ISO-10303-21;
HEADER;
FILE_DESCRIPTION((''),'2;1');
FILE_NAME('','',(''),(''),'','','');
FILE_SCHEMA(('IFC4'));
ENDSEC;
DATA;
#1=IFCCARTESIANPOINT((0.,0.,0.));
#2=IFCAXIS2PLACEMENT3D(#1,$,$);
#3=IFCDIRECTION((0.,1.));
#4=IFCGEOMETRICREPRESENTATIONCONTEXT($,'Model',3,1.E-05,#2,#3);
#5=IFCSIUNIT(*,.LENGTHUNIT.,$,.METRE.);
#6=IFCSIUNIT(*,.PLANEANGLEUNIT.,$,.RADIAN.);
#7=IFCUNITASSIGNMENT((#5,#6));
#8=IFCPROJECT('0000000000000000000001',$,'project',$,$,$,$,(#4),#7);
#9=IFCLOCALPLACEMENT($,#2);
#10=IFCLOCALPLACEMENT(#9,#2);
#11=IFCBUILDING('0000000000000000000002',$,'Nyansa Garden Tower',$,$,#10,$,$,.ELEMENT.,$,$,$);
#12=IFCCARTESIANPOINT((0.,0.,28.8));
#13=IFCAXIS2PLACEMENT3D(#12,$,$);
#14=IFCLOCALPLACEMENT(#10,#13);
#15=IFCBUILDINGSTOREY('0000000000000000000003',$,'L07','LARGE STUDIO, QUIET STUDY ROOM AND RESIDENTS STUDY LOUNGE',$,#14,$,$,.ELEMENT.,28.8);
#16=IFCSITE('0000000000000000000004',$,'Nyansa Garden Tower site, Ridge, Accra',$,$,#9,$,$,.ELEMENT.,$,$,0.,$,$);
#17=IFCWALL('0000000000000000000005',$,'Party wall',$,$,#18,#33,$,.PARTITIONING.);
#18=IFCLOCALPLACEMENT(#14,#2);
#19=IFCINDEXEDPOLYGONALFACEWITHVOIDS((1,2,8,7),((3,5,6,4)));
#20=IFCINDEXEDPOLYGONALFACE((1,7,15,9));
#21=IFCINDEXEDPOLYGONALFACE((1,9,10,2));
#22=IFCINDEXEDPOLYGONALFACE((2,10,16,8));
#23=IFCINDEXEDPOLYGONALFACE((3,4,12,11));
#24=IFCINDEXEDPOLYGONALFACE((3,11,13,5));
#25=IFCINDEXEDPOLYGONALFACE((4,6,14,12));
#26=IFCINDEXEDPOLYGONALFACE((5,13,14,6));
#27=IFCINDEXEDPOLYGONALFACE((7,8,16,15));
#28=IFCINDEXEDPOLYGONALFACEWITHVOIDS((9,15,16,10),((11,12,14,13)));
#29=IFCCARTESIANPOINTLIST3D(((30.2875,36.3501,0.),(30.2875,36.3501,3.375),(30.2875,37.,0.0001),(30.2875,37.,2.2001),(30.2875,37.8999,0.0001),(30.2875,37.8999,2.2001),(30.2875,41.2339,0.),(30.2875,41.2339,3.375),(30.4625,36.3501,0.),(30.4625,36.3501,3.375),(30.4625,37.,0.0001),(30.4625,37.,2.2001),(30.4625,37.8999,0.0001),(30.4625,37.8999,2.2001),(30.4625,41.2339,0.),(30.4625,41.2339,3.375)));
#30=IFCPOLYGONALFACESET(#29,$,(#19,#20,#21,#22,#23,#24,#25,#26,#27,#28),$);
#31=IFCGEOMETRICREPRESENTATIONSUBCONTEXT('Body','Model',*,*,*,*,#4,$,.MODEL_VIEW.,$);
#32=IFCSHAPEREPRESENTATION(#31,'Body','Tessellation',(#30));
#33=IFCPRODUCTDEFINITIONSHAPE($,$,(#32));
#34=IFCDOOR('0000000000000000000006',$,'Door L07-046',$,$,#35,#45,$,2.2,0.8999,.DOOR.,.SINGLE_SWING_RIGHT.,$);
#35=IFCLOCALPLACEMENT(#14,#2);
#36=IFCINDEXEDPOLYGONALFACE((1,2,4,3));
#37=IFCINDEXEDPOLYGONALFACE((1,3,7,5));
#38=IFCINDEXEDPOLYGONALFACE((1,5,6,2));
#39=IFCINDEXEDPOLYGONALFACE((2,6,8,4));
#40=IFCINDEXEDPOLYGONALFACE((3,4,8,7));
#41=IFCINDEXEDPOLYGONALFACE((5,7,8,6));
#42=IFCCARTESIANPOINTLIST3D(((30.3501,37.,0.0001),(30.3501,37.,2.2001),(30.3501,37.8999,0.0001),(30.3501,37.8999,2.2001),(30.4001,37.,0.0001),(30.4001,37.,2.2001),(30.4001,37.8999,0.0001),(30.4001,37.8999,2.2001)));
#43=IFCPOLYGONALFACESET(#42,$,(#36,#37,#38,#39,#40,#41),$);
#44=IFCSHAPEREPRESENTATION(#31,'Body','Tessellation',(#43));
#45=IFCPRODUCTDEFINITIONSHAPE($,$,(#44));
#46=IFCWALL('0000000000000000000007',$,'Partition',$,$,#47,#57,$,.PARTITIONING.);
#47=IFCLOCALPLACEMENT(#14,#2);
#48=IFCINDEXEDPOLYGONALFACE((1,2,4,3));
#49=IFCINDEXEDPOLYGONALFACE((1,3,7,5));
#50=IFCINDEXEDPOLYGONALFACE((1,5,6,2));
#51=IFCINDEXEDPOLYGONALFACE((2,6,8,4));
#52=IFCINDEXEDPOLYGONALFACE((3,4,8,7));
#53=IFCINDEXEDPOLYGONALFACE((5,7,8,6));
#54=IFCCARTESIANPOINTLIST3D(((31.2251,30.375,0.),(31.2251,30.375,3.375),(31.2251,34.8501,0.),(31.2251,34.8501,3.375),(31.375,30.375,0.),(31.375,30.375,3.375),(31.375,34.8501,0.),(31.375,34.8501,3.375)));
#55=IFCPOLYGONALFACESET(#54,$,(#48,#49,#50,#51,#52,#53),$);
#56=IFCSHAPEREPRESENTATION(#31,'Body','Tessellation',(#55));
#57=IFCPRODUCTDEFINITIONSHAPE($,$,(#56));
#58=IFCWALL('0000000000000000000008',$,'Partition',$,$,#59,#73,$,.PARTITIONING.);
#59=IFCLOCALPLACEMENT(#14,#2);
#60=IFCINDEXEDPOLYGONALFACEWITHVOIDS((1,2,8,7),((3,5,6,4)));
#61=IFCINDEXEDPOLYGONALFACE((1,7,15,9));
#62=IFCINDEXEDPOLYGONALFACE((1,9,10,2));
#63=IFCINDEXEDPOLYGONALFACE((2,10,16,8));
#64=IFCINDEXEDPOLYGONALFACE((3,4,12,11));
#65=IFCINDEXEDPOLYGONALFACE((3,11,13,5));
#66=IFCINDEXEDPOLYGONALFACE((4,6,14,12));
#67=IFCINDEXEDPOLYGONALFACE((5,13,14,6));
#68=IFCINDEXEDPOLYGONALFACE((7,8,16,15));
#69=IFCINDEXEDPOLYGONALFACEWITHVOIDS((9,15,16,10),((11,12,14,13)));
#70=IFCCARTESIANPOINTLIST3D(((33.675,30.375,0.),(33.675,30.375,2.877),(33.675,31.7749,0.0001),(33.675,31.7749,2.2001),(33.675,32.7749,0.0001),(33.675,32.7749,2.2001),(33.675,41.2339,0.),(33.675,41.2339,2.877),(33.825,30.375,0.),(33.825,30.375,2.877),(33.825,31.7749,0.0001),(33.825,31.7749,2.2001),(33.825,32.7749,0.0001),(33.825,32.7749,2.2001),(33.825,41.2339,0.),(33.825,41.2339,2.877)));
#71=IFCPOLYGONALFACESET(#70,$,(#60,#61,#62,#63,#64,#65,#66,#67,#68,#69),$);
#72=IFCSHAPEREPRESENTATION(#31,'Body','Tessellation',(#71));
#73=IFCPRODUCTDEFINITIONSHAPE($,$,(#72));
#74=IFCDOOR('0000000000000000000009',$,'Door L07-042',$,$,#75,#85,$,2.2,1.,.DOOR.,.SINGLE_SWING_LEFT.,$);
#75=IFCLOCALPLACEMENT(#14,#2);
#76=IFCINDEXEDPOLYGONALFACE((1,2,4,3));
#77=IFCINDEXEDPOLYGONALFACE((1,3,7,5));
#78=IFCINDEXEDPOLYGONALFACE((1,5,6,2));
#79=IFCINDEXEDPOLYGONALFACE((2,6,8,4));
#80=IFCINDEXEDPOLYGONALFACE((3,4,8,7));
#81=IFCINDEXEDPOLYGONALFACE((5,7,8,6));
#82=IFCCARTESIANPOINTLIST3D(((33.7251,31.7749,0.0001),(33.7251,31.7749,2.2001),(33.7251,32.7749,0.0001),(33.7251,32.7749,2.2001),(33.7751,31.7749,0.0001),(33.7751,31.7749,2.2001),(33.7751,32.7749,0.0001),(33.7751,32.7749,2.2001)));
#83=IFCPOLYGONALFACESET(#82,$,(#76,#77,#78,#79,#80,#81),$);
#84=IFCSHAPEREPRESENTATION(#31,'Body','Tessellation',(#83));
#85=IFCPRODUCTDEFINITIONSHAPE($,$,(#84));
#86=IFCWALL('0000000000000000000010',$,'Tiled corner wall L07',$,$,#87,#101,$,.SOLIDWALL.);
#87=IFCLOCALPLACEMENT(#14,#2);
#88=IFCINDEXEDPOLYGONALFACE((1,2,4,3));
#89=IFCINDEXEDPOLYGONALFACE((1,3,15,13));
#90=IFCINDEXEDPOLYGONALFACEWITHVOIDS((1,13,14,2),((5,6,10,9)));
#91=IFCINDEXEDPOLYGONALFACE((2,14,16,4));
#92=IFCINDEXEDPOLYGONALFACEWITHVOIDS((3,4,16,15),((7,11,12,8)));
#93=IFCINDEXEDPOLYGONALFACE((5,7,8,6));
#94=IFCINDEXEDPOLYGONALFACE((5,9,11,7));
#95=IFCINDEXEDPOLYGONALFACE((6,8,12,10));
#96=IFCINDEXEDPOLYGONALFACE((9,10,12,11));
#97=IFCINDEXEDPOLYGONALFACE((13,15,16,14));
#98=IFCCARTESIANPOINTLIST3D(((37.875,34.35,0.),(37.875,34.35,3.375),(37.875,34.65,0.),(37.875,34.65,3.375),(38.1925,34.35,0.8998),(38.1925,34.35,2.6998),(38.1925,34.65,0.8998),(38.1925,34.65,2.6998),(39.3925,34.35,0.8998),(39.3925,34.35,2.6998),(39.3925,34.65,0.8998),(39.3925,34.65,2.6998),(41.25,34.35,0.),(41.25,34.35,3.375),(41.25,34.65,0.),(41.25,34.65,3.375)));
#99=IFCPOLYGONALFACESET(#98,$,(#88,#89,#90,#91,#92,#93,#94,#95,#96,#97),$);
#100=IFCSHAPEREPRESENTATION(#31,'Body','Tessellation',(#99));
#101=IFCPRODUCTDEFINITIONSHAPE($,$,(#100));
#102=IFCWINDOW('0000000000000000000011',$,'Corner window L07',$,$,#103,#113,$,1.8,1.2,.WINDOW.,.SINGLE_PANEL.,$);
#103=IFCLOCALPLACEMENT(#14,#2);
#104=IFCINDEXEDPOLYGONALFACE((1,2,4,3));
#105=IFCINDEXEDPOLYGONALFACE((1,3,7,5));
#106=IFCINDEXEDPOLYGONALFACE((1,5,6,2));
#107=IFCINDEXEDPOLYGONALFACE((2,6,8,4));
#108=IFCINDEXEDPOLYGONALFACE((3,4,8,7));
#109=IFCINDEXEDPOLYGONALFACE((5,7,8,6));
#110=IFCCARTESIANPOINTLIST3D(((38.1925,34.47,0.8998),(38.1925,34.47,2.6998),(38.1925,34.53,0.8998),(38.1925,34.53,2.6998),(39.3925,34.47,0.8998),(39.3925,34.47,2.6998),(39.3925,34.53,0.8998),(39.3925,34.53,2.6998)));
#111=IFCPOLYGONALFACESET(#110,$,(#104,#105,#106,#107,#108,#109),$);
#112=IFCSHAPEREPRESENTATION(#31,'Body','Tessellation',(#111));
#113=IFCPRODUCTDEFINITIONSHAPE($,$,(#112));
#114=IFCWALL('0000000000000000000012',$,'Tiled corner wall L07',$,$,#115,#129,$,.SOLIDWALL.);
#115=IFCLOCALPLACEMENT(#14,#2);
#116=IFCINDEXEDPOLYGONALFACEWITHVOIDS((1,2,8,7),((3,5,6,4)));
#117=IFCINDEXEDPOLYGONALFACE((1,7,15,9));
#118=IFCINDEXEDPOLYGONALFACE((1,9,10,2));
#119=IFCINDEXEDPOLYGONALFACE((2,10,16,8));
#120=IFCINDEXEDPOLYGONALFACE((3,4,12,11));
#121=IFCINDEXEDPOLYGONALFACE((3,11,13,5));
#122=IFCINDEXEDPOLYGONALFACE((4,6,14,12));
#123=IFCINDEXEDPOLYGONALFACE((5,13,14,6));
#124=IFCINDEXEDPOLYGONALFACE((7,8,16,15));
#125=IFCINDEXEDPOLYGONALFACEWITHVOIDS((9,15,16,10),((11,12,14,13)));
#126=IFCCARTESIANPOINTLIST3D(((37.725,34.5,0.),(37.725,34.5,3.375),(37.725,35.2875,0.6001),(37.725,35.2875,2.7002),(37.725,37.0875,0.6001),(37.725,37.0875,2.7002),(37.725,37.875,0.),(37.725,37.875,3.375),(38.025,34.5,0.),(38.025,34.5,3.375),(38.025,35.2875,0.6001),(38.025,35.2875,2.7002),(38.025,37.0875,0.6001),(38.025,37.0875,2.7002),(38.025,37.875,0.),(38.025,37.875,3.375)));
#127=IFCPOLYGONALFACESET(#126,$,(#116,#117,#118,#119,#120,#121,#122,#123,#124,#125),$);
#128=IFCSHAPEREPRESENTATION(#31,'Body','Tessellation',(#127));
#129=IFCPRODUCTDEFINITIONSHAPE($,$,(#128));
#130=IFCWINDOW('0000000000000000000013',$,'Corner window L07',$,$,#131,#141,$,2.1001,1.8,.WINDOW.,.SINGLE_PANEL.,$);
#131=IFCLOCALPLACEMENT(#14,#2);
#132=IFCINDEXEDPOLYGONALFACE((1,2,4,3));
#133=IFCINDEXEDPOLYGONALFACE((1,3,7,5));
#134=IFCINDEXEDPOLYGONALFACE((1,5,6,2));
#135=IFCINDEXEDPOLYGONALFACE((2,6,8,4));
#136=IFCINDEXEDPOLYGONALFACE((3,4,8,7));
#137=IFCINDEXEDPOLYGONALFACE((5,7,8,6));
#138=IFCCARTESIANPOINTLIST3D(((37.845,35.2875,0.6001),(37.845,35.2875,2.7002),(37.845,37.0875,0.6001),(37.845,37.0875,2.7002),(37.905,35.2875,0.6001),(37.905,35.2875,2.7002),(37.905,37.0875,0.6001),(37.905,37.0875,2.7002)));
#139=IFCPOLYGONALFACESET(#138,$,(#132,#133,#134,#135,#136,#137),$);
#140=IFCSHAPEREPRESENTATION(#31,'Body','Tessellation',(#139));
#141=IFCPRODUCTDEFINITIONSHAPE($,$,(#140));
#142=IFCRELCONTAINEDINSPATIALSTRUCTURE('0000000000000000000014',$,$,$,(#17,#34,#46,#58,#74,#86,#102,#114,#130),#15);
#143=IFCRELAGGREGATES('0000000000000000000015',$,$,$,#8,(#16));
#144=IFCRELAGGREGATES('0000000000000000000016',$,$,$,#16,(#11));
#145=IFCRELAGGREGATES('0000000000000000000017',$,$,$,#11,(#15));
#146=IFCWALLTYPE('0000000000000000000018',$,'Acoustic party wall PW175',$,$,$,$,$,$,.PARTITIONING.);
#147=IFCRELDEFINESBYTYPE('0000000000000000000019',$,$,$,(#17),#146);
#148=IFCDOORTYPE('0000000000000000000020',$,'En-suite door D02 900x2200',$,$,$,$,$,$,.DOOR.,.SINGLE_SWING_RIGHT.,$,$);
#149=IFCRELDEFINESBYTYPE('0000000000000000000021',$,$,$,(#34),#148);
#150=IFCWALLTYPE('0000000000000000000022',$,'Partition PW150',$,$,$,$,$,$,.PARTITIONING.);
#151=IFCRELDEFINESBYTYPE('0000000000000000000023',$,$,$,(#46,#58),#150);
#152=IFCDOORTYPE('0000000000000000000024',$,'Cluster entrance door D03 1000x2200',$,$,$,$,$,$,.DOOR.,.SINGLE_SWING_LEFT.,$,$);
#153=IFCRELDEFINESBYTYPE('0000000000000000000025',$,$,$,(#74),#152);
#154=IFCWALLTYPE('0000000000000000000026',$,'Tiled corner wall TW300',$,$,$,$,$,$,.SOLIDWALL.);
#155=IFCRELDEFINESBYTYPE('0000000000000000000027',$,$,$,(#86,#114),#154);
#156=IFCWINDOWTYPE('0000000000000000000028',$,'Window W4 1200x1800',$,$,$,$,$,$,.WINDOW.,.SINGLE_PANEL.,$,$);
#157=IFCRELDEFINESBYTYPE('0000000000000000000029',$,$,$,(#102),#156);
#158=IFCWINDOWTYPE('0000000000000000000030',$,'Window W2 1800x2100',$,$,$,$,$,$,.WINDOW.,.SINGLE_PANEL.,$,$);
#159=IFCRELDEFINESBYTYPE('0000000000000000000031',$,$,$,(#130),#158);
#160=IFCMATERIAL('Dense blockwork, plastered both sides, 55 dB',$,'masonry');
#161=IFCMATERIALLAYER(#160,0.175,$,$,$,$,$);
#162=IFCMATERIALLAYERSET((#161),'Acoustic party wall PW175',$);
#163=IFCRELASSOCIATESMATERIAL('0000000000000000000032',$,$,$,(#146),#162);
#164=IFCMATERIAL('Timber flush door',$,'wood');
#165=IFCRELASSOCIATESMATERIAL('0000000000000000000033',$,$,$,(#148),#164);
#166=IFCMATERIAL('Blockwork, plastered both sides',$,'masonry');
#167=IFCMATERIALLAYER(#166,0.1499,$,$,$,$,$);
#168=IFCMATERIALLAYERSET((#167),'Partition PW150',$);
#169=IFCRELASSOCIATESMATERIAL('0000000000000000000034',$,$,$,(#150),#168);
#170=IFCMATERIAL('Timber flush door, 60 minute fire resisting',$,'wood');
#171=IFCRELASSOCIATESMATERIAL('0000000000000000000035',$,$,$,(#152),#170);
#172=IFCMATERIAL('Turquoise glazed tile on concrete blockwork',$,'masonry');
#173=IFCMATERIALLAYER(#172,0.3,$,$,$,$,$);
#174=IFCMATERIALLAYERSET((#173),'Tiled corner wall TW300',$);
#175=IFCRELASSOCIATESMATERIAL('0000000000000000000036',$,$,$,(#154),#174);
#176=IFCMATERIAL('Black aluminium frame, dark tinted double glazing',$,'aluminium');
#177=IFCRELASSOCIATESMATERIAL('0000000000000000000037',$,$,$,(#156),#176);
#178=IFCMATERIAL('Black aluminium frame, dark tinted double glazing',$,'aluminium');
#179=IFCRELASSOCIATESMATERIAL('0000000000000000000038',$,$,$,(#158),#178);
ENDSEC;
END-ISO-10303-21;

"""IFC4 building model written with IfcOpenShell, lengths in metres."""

from ifc_helpers import new_model, si_unit, direction, frame, frame_2d, origin, place, context, subcontext, project, spatial, rectangle, extrude, material, layer, layer_set, type_object, element, fill, save


model = new_model("IFC4")

# Units and contexts
model_context = context("Model", 3, precision=1e-05, world=origin(), true_north=direction((0.0, 1.0)))
body_context = subcontext(model_context, "Body", "Model", "MODEL_VIEW")
ifc_project = project(units=[si_unit("LENGTHUNIT", "METRE"), si_unit("PLANEANGLEUNIT", "RADIAN")], contexts=[model_context])

# Site, building, storey
site_placement = place(None, origin())
site = spatial("IfcSite", under=ifc_project, at=site_placement, Name="Nyansa Garden Tower site, Ridge, Accra", CompositionType="ELEMENT", RefElevation=0.0)
building_placement = place(site_placement, origin())
building = spatial("IfcBuilding", under=site, at=building_placement, Name="Nyansa Garden Tower", CompositionType="ELEMENT")
storey_placement = place(building_placement, frame((0.0, 0.0, 28.8)))
storey = spatial("IfcBuildingStorey", under=building, at=storey_placement, Name="L07", Description="LARGE STUDIO, QUIET STUDY ROOM AND RESIDENTS STUDY LOUNGE", CompositionType="ELEMENT", Elevation=28.8)

# Wall, opening, door
ifc_material_1 = material(Name="Dense blockwork, plastered both sides, 55 dB", Category="masonry")
ifc_layer_1 = layer(ifc_material_1, 0.175)
ifc_layer_set_1 = layer_set([ifc_layer_1], Name="Acoustic party wall PW175")
wall_type_1 = type_object("IfcWallType", Name="Acoustic party wall PW175", PredefinedType="PARTITIONING", material=ifc_layer_set_1)
wall_1_placement = place(storey_placement, frame((30.375, 36.3501, 0.0), z_axis=(0.0, 0.0, 1.0), x_axis=(0.0, 1.0, 0.0)))
wall_1 = element("IfcWall", 1, at=wall_1_placement, inside=storey, type_object=wall_type_1, Name="Party wall", PredefinedType="PARTITIONING", context=body_context, shape_type="SweptSolid", body=[
    extrude(rectangle(XDim=4.8838, YDim=0.175, at=frame_2d((2.4419, 0.0))), origin(), (0.0, 0.0, 1.0), 3.375),
])
opening_1_placement = place(wall_1_placement, frame((0.6499, 0.0, 0.0)))
opening_1 = element("IfcOpeningElement", 2, at=opening_1_placement, cuts=wall_1, PredefinedType="OPENING", context=body_context, shape_type="SweptSolid", body=[
    extrude(rectangle(XDim=0.8999, YDim=2.2, at=frame_2d((0.45, 1.1001))), frame((0.0, 0.0974, 0.0), z_axis=(0.0, -1.0, 0.0), x_axis=(1.0, 0.0, 0.0)), (0.0, 0.0, 1.0), 0.1951),
])
ifc_material_2 = material(Name="Timber flush door", Category="wood")
door_type_1 = type_object("IfcDoorType", Name="En-suite door D02 900x2200", OperationType="SINGLE_SWING_RIGHT", PredefinedType="DOOR", material=ifc_material_2)
door_1_placement = place(opening_1_placement, origin())
door_1 = element("IfcDoor", 3, at=door_1_placement, inside=storey, type_object=door_type_1, Name="Door L07-046", OperationType="SINGLE_SWING_RIGHT", OverallHeight=2.2, OverallWidth=0.8999, PredefinedType="DOOR", context=body_context, shape_type="SweptSolid", body=[
    extrude(rectangle(XDim=0.8999, YDim=2.2, at=frame_2d((0.45, 1.1001))), frame((0.0, 0.0249, 0.0), z_axis=(0.0, -1.0, 0.0), x_axis=(1.0, 0.0, 0.0)), (0.0, 0.0, 1.0), 0.05),
])
fill(opening_1, door_1)

# Wall
ifc_material_3 = material(Name="Blockwork, plastered both sides", Category="masonry")
ifc_layer_2 = layer(ifc_material_3, 0.1499)
ifc_layer_set_2 = layer_set([ifc_layer_2], Name="Partition PW150")
wall_type_2 = type_object("IfcWallType", Name="Partition PW150", PredefinedType="PARTITIONING", material=ifc_layer_set_2)
wall_2_placement = place(storey_placement, frame((31.3, 30.375, 0.0), z_axis=(0.0, 0.0, 1.0), x_axis=(0.0, 1.0, 0.0)))
element("IfcWall", 4, at=wall_2_placement, inside=storey, type_object=wall_type_2, Name="Partition", PredefinedType="PARTITIONING", context=body_context, shape_type="SweptSolid", body=[
    extrude(rectangle(XDim=4.4751, YDim=0.1499, at=frame_2d((2.2375, 0.0))), origin(), (0.0, 0.0, 1.0), 3.375),
])

# Wall, opening, door
wall_3_placement = place(storey_placement, frame((33.75, 30.375, 0.0), z_axis=(0.0, 0.0, 1.0), x_axis=(0.0, 1.0, 0.0)))
wall_3 = element("IfcWall", 5, at=wall_3_placement, inside=storey, type_object=wall_type_2, Name="Partition", PredefinedType="PARTITIONING", context=body_context, shape_type="SweptSolid", body=[
    extrude(rectangle(XDim=10.8589, YDim=0.1499, at=frame_2d((5.4294, 0.0))), origin(), (0.0, 0.0, 1.0), 2.877),
])
opening_2_placement = place(wall_3_placement, frame((1.3999, 0.0, 0.0)))
opening_2 = element("IfcOpeningElement", 6, at=opening_2_placement, cuts=wall_3, PredefinedType="OPENING", context=body_context, shape_type="SweptSolid", body=[
    extrude(rectangle(XDim=1.0, YDim=2.2, at=frame_2d((0.5, 1.1001))), frame((0.0, 0.085, 0.0), z_axis=(0.0, -1.0, 0.0), x_axis=(1.0, 0.0, 0.0)), (0.0, 0.0, 1.0), 0.1699),
])
ifc_material_4 = material(Name="Timber flush door, 60 minute fire resisting", Category="wood")
door_type_2 = type_object("IfcDoorType", Name="Cluster entrance door D03 1000x2200", OperationType="SINGLE_SWING_LEFT", PredefinedType="DOOR", material=ifc_material_4)
door_2_placement = place(opening_2_placement, origin())
door_2 = element("IfcDoor", 7, at=door_2_placement, inside=storey, type_object=door_type_2, Name="Door L07-042", OperationType="SINGLE_SWING_LEFT", OverallHeight=2.2, OverallWidth=1.0, PredefinedType="DOOR", context=body_context, shape_type="SweptSolid", body=[
    extrude(rectangle(XDim=1.0, YDim=2.2, at=frame_2d((0.5, 1.1001))), frame((0.0, 0.0249, 0.0), z_axis=(0.0, -1.0, 0.0), x_axis=(1.0, 0.0, 0.0)), (0.0, 0.0, 1.0), 0.05),
])
fill(opening_2, door_2)

# Walls, openings, windows
ifc_material_5 = material(Name="Turquoise glazed tile on concrete blockwork", Category="masonry")
ifc_layer_3 = layer(ifc_material_5, 0.3)
ifc_layer_set_3 = layer_set([ifc_layer_3], Name="Tiled corner wall TW300")
wall_type_3 = type_object("IfcWallType", Name="Tiled corner wall TW300", PredefinedType="SOLIDWALL", material=ifc_layer_set_3)
wall_4_placement = place(storey_placement, frame((41.25, 34.5, 0.0), z_axis=(0.0, 0.0, 1.0), x_axis=(-1.0, 0.0, 0.0)))
wall_4 = element("IfcWall", 8, at=wall_4_placement, inside=storey, type_object=wall_type_3, Name="Tiled corner wall L07", PredefinedType="SOLIDWALL", context=body_context, shape_type="SweptSolid", body=[
    extrude(rectangle(XDim=3.375, YDim=0.3, at=frame_2d((1.6875, 0.0))), origin(), (0.0, 0.0, 1.0), 3.375),
])
opening_3_placement = place(wall_4_placement, frame((1.8574, 0.0, 0.8999)))
opening_3 = element("IfcOpeningElement", 9, at=opening_3_placement, cuts=wall_4, PredefinedType="OPENING", context=body_context, shape_type="SweptSolid", body=[
    extrude(rectangle(XDim=1.2, YDim=1.8, at=frame_2d((0.6001, 0.8999))), frame((0.0, 0.1599, 0.0), z_axis=(0.0, -1.0, 0.0), x_axis=(1.0, 0.0, 0.0)), (0.0, 0.0, 1.0), 0.3201),
])
ifc_material_6 = material(Name="Black aluminium frame, dark tinted double glazing", Category="aluminium")
window_type_1 = type_object("IfcWindowType", Name="Window W4 1200x1800", PartitioningType="SINGLE_PANEL", PredefinedType="WINDOW", material=ifc_material_6)
window_1_placement = place(opening_3_placement, origin())
window_1 = element("IfcWindow", 10, at=window_1_placement, inside=storey, type_object=window_type_1, Name="Corner window L07", OverallHeight=1.8, OverallWidth=1.2, PartitioningType="SINGLE_PANEL", PredefinedType="WINDOW", context=body_context, shape_type="SweptSolid", body=[
    extrude(rectangle(XDim=1.2, YDim=1.8, at=frame_2d((0.6001, 0.8999))), frame((0.0, 0.03, 0.0), z_axis=(0.0, -1.0, 0.0), x_axis=(1.0, 0.0, 0.0)), (0.0, 0.0, 1.0), 0.0601),
])
fill(opening_3, window_1)
wall_5_placement = place(storey_placement, frame((37.875, 34.5, 0.0), z_axis=(0.0, 0.0, 1.0), x_axis=(0.0, 1.0, 0.0)))
wall_5 = element("IfcWall", 11, at=wall_5_placement, inside=storey, type_object=wall_type_3, Name="Tiled corner wall L07", PredefinedType="SOLIDWALL", context=body_context, shape_type="SweptSolid", body=[
    extrude(rectangle(XDim=3.375, YDim=0.3, at=frame_2d((1.6875, 0.0))), origin(), (0.0, 0.0, 1.0), 3.375),
])
opening_4_placement = place(wall_5_placement, frame((0.7876, 0.0, 0.6001)))
opening_4 = element("IfcOpeningElement", 12, at=opening_4_placement, cuts=wall_5, PredefinedType="OPENING", context=body_context, shape_type="SweptSolid", body=[
    extrude(rectangle(XDim=1.8, YDim=2.1001, at=frame_2d((0.8999, 1.05))), frame((0.0, 0.1599, 0.0), z_axis=(0.0, -1.0, 0.0), x_axis=(1.0, 0.0, 0.0)), (0.0, 0.0, 1.0), 0.3201),
])
ifc_material_7 = material(Name="Black aluminium frame, dark tinted double glazing", Category="aluminium")
window_type_2 = type_object("IfcWindowType", Name="Window W2 1800x2100", PartitioningType="SINGLE_PANEL", PredefinedType="WINDOW", material=ifc_material_7)
window_2_placement = place(opening_4_placement, origin())
window_2 = element("IfcWindow", 13, at=window_2_placement, inside=storey, type_object=window_type_2, Name="Corner window L07", OverallHeight=2.1001, OverallWidth=1.8, PartitioningType="SINGLE_PANEL", PredefinedType="WINDOW", context=body_context, shape_type="SweptSolid", body=[
    extrude(rectangle(XDim=1.8, YDim=2.1001, at=frame_2d((0.8999, 1.05))), frame((0.0, 0.03, 0.0), z_axis=(0.0, -1.0, 0.0), x_axis=(1.0, 0.0, 0.0)), (0.0, 0.0, 1.0), 0.0601),
])
fill(opening_4, window_2)

save(model, "model.ifc")
